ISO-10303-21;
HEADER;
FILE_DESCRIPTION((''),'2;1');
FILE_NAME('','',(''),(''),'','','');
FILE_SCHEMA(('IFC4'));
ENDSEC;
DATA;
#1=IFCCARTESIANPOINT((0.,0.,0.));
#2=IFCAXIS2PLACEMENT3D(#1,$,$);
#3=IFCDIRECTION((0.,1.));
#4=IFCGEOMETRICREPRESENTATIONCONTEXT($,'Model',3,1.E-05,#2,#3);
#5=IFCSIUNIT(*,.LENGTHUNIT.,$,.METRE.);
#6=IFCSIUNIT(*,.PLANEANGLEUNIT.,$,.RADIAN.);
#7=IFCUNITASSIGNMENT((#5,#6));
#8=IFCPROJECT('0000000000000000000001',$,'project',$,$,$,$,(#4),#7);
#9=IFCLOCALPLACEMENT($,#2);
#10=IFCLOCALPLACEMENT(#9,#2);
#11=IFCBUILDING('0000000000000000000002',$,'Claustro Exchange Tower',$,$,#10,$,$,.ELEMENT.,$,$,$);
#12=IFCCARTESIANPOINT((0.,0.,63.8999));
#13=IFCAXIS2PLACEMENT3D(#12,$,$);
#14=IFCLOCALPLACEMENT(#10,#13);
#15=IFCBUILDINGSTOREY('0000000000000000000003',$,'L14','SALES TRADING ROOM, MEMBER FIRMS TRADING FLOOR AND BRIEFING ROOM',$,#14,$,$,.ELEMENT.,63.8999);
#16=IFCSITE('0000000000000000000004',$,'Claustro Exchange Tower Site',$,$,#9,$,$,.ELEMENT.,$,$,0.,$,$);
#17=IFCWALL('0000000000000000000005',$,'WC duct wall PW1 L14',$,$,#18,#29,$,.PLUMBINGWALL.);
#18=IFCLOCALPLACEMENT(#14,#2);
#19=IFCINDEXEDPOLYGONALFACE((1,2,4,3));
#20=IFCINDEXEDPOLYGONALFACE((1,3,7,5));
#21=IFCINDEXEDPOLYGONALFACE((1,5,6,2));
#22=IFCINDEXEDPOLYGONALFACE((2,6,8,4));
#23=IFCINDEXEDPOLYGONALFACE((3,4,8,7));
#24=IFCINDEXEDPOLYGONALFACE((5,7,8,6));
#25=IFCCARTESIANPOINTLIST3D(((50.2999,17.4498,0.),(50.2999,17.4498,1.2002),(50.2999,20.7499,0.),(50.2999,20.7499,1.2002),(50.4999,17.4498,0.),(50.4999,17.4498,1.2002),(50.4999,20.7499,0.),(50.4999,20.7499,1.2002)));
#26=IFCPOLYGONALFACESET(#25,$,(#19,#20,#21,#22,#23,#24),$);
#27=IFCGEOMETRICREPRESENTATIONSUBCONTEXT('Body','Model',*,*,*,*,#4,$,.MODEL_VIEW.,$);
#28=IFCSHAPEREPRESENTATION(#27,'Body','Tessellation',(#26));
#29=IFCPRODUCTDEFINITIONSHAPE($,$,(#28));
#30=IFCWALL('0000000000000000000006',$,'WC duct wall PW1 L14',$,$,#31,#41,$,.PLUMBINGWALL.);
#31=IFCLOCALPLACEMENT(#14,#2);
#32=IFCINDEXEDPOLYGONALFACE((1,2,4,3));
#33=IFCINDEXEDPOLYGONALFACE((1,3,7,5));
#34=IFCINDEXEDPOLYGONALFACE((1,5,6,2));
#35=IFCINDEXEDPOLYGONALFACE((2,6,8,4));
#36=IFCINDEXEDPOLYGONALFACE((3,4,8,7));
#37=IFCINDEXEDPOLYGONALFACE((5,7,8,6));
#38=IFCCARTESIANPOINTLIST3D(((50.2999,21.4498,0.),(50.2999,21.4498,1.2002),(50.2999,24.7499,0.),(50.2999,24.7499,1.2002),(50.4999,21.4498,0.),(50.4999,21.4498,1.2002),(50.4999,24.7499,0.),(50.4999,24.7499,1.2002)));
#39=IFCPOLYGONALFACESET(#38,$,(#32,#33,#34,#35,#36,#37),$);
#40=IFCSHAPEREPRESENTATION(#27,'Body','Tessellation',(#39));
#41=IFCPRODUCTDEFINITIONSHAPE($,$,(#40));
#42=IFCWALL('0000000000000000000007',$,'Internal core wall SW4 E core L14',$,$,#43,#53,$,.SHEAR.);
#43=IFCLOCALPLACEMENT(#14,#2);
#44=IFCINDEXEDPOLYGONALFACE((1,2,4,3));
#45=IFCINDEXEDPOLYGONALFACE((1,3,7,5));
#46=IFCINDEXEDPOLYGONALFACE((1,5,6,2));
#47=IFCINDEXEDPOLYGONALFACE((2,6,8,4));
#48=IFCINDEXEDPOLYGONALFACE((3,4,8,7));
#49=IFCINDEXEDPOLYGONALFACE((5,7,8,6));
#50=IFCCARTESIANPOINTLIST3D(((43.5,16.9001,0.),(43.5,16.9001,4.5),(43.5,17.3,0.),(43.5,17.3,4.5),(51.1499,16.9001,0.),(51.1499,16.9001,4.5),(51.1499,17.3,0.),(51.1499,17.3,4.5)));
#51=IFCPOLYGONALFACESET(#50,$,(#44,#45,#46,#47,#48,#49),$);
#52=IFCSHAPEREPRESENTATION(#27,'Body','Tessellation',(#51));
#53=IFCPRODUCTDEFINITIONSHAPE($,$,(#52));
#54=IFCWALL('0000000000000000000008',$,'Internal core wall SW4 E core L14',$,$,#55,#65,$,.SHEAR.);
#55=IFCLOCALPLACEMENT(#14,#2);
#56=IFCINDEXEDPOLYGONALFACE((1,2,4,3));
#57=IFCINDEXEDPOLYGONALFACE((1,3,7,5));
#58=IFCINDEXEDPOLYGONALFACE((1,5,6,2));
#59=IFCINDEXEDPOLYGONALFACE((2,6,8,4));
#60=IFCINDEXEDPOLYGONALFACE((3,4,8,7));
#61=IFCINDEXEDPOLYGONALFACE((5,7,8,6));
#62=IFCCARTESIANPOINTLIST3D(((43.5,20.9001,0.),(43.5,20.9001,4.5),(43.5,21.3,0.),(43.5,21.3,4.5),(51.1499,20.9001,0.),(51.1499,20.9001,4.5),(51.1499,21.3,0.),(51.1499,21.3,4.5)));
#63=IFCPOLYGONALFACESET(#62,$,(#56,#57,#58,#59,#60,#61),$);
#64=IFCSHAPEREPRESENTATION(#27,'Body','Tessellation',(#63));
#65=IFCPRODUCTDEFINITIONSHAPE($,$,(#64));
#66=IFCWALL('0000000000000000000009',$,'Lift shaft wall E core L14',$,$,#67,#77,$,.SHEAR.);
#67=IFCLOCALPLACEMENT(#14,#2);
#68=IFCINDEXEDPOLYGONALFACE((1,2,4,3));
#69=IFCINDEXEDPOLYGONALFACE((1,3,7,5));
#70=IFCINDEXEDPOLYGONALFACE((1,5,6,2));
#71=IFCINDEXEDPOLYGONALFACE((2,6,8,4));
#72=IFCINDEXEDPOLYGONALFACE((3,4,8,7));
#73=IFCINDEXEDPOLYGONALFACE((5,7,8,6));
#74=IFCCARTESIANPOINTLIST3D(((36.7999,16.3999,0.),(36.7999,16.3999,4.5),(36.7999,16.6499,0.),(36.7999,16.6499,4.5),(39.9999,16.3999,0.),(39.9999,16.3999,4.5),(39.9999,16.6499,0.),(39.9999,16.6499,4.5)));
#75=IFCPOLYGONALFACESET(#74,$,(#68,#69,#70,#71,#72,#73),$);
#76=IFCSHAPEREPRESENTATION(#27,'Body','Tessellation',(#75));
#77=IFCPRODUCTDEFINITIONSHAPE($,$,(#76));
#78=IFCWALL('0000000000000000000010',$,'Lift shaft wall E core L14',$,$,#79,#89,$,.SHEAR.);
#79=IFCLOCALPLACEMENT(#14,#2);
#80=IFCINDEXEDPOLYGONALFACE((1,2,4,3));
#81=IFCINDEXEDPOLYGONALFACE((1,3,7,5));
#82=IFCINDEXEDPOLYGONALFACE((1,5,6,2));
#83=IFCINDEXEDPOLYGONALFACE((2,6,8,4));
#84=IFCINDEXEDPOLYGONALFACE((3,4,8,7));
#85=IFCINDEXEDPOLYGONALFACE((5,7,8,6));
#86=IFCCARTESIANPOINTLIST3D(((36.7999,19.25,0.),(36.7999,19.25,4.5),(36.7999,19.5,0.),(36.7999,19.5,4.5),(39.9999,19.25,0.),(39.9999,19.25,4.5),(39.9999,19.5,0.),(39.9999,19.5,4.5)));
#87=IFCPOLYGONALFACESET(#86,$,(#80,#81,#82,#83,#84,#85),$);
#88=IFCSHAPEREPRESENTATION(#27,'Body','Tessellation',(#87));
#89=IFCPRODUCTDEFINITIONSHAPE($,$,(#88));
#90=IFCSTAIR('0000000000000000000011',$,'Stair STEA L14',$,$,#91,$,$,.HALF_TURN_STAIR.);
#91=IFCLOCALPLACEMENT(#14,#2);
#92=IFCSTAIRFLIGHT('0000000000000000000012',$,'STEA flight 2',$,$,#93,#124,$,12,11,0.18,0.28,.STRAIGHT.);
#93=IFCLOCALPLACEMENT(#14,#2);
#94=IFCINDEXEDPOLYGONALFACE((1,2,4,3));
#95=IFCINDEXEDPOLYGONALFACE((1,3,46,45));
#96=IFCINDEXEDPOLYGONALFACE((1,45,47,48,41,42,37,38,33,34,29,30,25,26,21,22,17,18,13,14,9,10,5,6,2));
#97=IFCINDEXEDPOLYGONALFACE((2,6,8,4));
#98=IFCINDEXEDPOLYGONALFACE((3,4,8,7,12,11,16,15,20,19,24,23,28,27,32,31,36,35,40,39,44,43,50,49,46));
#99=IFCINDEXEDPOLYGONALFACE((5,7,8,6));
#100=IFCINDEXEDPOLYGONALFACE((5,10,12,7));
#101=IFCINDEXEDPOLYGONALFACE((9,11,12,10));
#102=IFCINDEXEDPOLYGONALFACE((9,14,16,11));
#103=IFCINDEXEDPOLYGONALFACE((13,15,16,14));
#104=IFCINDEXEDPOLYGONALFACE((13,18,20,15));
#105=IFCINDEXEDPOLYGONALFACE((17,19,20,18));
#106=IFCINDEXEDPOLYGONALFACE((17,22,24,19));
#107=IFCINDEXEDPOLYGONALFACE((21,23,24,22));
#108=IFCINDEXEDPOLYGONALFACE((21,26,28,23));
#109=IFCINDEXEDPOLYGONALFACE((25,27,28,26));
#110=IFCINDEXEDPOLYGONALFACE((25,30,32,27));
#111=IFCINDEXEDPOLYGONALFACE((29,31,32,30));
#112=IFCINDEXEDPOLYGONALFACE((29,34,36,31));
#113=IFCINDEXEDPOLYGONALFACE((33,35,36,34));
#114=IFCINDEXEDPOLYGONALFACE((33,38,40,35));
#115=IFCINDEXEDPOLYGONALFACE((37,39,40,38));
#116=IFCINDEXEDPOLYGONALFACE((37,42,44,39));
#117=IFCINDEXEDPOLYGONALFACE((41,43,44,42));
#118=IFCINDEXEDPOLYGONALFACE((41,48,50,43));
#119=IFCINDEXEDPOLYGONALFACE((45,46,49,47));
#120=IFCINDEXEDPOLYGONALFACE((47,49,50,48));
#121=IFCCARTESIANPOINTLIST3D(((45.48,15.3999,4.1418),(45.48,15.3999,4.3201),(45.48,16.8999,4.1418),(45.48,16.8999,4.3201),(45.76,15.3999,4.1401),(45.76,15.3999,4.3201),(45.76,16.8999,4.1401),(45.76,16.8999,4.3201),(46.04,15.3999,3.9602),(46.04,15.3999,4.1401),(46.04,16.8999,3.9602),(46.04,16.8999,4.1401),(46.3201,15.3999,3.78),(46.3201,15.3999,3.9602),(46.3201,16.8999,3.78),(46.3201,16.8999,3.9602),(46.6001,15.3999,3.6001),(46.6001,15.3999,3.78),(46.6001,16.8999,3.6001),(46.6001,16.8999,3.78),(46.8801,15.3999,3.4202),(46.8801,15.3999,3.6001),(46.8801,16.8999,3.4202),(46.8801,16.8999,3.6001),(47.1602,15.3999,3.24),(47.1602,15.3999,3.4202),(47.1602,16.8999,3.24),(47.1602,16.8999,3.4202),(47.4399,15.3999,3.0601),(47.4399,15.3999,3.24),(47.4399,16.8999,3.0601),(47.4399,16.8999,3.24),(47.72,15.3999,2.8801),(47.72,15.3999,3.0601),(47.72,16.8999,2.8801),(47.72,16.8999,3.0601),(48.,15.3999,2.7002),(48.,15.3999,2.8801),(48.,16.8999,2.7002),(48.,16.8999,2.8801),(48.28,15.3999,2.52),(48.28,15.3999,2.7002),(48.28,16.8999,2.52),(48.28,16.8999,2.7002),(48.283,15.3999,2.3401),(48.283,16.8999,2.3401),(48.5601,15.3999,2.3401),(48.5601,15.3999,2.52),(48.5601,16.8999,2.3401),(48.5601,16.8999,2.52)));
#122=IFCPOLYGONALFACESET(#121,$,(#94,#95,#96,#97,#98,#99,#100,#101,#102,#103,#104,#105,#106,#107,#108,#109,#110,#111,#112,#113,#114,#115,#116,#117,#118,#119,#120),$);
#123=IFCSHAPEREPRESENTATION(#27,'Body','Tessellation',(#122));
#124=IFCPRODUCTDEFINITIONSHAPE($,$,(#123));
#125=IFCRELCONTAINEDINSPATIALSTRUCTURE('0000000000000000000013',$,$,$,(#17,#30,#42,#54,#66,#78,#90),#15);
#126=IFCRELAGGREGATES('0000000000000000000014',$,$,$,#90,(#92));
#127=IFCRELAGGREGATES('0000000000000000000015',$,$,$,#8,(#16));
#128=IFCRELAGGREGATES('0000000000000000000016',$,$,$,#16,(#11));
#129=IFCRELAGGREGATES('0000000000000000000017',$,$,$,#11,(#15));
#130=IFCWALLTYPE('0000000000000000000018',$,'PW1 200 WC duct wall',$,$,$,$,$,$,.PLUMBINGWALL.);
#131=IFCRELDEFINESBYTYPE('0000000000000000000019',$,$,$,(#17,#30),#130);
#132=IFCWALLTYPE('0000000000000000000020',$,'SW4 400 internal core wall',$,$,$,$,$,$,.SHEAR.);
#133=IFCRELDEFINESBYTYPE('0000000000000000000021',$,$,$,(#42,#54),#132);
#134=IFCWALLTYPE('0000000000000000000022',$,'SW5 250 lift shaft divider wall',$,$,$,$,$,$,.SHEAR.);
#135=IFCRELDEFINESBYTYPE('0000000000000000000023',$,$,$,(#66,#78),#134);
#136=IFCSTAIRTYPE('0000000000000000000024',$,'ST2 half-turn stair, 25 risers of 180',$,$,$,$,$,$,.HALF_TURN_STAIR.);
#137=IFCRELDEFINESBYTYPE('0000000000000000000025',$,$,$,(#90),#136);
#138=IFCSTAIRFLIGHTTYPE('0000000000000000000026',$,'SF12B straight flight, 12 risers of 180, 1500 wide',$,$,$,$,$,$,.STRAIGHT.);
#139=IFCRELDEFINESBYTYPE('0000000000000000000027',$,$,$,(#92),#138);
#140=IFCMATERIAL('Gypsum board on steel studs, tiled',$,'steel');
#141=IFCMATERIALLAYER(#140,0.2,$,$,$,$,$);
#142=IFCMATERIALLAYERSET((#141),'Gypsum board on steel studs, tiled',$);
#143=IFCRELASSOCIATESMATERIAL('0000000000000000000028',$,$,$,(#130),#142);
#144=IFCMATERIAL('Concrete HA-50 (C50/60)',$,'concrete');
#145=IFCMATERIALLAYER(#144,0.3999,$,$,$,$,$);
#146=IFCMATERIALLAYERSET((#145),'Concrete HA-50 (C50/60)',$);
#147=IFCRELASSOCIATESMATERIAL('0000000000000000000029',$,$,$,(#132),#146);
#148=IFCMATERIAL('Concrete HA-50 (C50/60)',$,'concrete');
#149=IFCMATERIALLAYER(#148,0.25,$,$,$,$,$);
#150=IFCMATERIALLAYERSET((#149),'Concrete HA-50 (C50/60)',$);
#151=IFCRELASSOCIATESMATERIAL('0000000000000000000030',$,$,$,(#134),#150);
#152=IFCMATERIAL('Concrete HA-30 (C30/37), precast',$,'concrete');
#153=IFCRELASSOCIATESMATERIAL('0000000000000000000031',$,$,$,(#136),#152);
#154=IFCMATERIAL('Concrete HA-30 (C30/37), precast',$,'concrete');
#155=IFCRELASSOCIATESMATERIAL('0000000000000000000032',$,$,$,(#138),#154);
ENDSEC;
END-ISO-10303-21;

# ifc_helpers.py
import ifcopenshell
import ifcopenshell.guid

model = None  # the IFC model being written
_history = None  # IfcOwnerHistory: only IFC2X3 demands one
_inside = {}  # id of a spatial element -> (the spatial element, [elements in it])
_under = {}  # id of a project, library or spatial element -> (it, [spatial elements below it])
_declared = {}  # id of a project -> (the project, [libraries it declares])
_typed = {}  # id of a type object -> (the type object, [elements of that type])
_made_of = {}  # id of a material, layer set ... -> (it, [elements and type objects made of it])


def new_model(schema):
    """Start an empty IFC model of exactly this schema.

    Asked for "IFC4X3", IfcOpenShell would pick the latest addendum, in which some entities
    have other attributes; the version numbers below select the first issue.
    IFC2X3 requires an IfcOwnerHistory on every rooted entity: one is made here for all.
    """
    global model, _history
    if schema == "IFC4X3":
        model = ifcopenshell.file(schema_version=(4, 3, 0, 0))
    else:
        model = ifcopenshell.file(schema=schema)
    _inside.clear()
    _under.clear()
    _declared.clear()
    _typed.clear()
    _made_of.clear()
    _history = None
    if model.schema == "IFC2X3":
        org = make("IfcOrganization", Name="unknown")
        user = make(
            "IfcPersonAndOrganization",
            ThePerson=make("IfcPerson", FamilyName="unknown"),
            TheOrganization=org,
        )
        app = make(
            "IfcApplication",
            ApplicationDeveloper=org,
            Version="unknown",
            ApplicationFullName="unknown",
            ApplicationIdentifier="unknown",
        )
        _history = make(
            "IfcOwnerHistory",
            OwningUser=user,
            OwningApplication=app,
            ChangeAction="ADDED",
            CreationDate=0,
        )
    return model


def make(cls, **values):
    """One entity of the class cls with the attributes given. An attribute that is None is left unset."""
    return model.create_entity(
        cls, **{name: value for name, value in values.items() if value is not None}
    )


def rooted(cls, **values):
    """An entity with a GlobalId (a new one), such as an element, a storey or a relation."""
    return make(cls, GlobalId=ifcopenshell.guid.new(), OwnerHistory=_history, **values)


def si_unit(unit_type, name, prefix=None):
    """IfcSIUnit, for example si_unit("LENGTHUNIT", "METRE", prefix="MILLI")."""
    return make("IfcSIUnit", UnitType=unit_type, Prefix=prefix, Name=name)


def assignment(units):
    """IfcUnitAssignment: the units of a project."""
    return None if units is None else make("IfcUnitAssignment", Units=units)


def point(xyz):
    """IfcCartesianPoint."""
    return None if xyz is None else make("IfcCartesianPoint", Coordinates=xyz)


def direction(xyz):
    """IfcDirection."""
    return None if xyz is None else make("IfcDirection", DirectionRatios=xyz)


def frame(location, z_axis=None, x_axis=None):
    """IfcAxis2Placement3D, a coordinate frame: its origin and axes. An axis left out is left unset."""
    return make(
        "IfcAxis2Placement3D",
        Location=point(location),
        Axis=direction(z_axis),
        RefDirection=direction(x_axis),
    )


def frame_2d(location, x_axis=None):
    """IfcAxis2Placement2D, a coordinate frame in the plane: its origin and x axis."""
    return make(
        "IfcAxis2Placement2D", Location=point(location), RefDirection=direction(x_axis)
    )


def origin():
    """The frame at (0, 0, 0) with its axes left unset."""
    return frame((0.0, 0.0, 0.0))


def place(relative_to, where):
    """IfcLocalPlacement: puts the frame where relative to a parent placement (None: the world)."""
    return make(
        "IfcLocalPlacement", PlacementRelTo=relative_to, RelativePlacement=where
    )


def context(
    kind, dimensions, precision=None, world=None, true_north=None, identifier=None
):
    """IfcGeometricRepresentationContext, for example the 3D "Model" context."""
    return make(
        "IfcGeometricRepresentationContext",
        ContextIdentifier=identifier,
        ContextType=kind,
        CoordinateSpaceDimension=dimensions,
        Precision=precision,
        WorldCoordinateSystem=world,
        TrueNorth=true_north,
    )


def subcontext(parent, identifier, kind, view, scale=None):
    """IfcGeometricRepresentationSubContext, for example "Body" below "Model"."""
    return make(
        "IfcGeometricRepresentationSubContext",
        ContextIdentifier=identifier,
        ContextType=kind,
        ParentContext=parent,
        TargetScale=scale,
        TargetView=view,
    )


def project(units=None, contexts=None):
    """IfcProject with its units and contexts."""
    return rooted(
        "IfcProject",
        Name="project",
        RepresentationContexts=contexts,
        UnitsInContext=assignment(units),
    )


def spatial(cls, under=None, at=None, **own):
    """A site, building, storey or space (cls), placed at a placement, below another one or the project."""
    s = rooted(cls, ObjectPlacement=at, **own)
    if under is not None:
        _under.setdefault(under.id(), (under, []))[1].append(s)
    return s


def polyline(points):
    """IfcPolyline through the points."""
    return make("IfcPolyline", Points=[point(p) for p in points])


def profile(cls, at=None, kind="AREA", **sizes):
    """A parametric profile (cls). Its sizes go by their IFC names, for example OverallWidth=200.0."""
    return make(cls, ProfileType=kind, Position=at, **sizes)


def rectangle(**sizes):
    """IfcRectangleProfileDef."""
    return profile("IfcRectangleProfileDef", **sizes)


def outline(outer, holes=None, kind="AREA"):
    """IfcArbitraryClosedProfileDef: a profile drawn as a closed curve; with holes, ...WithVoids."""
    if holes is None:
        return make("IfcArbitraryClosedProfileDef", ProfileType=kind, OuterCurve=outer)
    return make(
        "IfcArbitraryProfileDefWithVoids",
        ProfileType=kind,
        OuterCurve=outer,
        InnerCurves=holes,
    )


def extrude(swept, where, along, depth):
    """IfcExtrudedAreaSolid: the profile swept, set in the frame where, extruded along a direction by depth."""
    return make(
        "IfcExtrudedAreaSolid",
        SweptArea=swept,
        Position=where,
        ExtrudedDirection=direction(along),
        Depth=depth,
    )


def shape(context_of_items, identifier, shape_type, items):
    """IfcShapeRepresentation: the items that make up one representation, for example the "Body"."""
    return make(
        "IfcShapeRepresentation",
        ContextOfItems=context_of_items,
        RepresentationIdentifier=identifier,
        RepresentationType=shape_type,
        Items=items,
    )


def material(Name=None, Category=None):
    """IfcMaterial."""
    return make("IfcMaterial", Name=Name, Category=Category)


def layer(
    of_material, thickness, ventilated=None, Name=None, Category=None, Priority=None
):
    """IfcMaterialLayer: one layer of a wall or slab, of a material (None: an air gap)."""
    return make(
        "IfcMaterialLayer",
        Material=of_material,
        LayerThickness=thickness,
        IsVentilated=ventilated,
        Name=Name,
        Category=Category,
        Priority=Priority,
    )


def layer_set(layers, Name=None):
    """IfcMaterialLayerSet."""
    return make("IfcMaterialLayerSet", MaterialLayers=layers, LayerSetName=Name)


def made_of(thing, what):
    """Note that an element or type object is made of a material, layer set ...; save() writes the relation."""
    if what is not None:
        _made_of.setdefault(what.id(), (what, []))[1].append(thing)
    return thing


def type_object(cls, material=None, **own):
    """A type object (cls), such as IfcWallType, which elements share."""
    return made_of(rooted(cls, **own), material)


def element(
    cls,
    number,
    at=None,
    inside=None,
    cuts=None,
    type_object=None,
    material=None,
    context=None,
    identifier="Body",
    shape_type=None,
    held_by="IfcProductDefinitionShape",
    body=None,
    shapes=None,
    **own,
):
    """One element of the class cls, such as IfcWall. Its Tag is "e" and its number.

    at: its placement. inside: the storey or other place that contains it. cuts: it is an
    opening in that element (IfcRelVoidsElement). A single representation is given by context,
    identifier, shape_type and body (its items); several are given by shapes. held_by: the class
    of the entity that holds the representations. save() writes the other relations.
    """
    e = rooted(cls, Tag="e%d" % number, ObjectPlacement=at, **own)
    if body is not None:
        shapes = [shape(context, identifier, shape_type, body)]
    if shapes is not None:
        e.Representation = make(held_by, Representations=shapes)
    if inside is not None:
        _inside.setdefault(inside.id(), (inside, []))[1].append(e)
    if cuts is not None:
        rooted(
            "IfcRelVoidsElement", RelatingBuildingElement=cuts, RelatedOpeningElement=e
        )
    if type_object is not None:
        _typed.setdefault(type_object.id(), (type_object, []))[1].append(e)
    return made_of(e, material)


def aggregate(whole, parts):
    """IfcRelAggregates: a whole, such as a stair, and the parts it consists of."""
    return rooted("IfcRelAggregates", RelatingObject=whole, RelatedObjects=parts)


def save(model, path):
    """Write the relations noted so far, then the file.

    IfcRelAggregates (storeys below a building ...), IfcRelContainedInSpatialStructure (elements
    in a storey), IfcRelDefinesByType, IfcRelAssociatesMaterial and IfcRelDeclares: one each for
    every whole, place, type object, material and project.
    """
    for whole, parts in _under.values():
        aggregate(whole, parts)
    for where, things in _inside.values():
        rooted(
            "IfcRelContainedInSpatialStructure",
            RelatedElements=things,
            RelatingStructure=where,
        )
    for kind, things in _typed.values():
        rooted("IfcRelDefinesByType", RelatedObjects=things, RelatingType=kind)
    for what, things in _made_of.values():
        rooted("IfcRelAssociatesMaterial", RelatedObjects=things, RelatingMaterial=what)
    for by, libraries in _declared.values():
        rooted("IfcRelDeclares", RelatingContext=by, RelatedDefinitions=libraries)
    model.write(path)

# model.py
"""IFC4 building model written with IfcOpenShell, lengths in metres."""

from ifc_helpers import new_model, si_unit, direction, frame, frame_2d, origin, place, context, subcontext, project, spatial, polyline, rectangle, outline, extrude, material, layer, layer_set, type_object, element, aggregate, save


model = new_model("IFC4")

# Units and contexts
model_context = context("Model", 3, precision=1e-05, world=origin(), true_north=direction((0.0, 1.0)))
body_context = subcontext(model_context, "Body", "Model", "MODEL_VIEW")
ifc_project = project(units=[si_unit("LENGTHUNIT", "METRE"), si_unit("PLANEANGLEUNIT", "RADIAN")], contexts=[model_context])

# Site, building, storey
site_placement = place(None, origin())
site = spatial("IfcSite", under=ifc_project, at=site_placement, Name="Claustro Exchange Tower Site", CompositionType="ELEMENT", RefElevation=0.0)
building_placement = place(site_placement, origin())
building = spatial("IfcBuilding", under=site, at=building_placement, Name="Claustro Exchange Tower", CompositionType="ELEMENT")
storey_placement = place(building_placement, frame((0.0, 0.0, 63.8999)))
storey = spatial("IfcBuildingStorey", under=building, at=storey_placement, Name="L14", Description="SALES TRADING ROOM, MEMBER FIRMS TRADING FLOOR AND BRIEFING ROOM", CompositionType="ELEMENT", Elevation=63.8999)

# Walls
ifc_material_1 = material(Name="Gypsum board on steel studs, tiled", Category="steel")
ifc_layer_1 = layer(ifc_material_1, 0.2)
ifc_layer_set_1 = layer_set([ifc_layer_1], Name="Gypsum board on steel studs, tiled")
wall_type_1 = type_object("IfcWallType", Name="PW1 200 WC duct wall", PredefinedType="PLUMBINGWALL", material=ifc_layer_set_1)
for number, where, z_axis, x_axis, name in (
    (1, (50.3999, 17.45, 0.0), (0.0, 0.0, 1.0), (0.0, 1.0, 0.0), "WC duct wall PW1 L14"),
    (2, (50.3999, 21.45, 0.0), (0.0, 0.0, 1.0), (0.0, 1.0, 0.0), "WC duct wall PW1 L14"),
):
    element("IfcWall", number, at=place(storey_placement, frame(where, z_axis=z_axis, x_axis=x_axis)), inside=storey, type_object=wall_type_1, Name=name, PredefinedType="PLUMBINGWALL", context=body_context, shape_type="SweptSolid", body=[
        extrude(rectangle(XDim=3.3, YDim=0.2, at=frame_2d((1.6499, 0.0))), origin(), (0.0, 0.0, 1.0), 1.2002),
    ])
ifc_material_2 = material(Name="Concrete HA-50 (C50/60)", Category="concrete")
ifc_layer_2 = layer(ifc_material_2, 0.3999)
ifc_layer_set_2 = layer_set([ifc_layer_2], Name="Concrete HA-50 (C50/60)")
wall_type_2 = type_object("IfcWallType", Name="SW4 400 internal core wall", PredefinedType="SHEAR", material=ifc_layer_set_2)
for number, where, z_axis, x_axis, name in (
    (3, (51.1499, 17.1001, 0.0), (0.0, 0.0, 1.0), (-1.0, 0.0, 0.0), "Internal core wall SW4 E core L14"),
    (4, (51.1499, 21.1001, 0.0), (0.0, 0.0, 1.0), (-1.0, 0.0, 0.0), "Internal core wall SW4 E core L14"),
):
    element("IfcWall", number, at=place(storey_placement, frame(where, z_axis=z_axis, x_axis=x_axis)), inside=storey, type_object=wall_type_2, Name=name, PredefinedType="SHEAR", context=body_context, shape_type="SweptSolid", body=[
        extrude(rectangle(XDim=7.6499, YDim=0.3999, at=frame_2d((3.825, 0.0))), origin(), (0.0, 0.0, 1.0), 4.5),
    ])
ifc_material_3 = material(Name="Concrete HA-50 (C50/60)", Category="concrete")
ifc_layer_3 = layer(ifc_material_3, 0.25)
ifc_layer_set_3 = layer_set([ifc_layer_3], Name="Concrete HA-50 (C50/60)")
wall_type_3 = type_object("IfcWallType", Name="SW5 250 lift shaft divider wall", PredefinedType="SHEAR", material=ifc_layer_set_3)
for number, where, z_axis, x_axis, name in (
    (5, (40.0, 16.5249, 0.0), (0.0, 0.0, 1.0), (-1.0, 0.0, 0.0), "Lift shaft wall E core L14"),
    (6, (40.0, 19.375, 0.0), (0.0, 0.0, 1.0), (-1.0, 0.0, 0.0), "Lift shaft wall E core L14"),
):
    element("IfcWall", number, at=place(storey_placement, frame(where, z_axis=z_axis, x_axis=x_axis)), inside=storey, type_object=wall_type_3, Name=name, PredefinedType="SHEAR", context=body_context, shape_type="SweptSolid", body=[
        extrude(rectangle(XDim=3.2, YDim=0.25, at=frame_2d((1.6001, 0.0))), origin(), (0.0, 0.0, 1.0), 4.5),
    ])

# Stair, stair flight
ifc_material_4 = material(Name="Concrete HA-30 (C30/37), precast", Category="concrete")
stair_type = type_object("IfcStairType", Name="ST2 half-turn stair, 25 risers of 180", PredefinedType="HALF_TURN_STAIR", material=ifc_material_4)
stair_placement = place(storey_placement, origin())
stair = element("IfcStair", 7, at=stair_placement, inside=storey, type_object=stair_type, Name="Stair STEA L14", PredefinedType="HALF_TURN_STAIR")
ifc_material_5 = material(Name="Concrete HA-30 (C30/37), precast", Category="concrete")
stair_flight_type = type_object("IfcStairFlightType", Name="SF12B straight flight, 12 risers of 180, 1500 wide", PredefinedType="STRAIGHT", material=ifc_material_5)
stair_flight_placement = place(storey_placement, frame((48.5601, 16.1499, 2.3401), z_axis=(0.0, 0.0, 1.0), x_axis=(-1.0, 0.0, 0.0)))
stair_flight = element("IfcStairFlight", 8, at=stair_flight_placement, type_object=stair_flight_type, Name="STEA flight 2", NumberOfRisers=12, NumberOfTreads=11, PredefinedType="STRAIGHT", RiserHeight=0.18, TreadLength=0.28, context=body_context, shape_type="SweptSolid", body=[
    extrude(outline(polyline([(0.0, 0.0), (0.0, 0.1799), (0.28, 0.1799), (0.28, 0.3601), (0.5601, 0.3601), (0.5601, 0.54), (0.8401, 0.54), (0.8401, 0.72), (1.1201, 0.72), (1.1201, 0.8999), (1.3999, 0.8999), (1.3999, 1.0801), (1.6799, 1.0801), (1.6799, 1.26), (1.96, 1.26), (1.96, 1.4399), (2.24, 1.4399), (2.24, 1.6201), (2.52, 1.6201), (2.52, 1.8), (2.8, 1.8), (2.8, 1.98), (3.0801, 1.98), (3.0801, 2.1599), (3.0801, 1.8018), (0.2771, 0.0), (0.0, 0.0)])), frame((0.0, 0.75, 0.0), z_axis=(0.0, -1.0, 0.0), x_axis=(1.0, 0.0, 0.0)), (0.0, 0.0, 1.0), 1.5),
])
aggregate(stair, [stair_flight])

save(model, "model.ifc")
